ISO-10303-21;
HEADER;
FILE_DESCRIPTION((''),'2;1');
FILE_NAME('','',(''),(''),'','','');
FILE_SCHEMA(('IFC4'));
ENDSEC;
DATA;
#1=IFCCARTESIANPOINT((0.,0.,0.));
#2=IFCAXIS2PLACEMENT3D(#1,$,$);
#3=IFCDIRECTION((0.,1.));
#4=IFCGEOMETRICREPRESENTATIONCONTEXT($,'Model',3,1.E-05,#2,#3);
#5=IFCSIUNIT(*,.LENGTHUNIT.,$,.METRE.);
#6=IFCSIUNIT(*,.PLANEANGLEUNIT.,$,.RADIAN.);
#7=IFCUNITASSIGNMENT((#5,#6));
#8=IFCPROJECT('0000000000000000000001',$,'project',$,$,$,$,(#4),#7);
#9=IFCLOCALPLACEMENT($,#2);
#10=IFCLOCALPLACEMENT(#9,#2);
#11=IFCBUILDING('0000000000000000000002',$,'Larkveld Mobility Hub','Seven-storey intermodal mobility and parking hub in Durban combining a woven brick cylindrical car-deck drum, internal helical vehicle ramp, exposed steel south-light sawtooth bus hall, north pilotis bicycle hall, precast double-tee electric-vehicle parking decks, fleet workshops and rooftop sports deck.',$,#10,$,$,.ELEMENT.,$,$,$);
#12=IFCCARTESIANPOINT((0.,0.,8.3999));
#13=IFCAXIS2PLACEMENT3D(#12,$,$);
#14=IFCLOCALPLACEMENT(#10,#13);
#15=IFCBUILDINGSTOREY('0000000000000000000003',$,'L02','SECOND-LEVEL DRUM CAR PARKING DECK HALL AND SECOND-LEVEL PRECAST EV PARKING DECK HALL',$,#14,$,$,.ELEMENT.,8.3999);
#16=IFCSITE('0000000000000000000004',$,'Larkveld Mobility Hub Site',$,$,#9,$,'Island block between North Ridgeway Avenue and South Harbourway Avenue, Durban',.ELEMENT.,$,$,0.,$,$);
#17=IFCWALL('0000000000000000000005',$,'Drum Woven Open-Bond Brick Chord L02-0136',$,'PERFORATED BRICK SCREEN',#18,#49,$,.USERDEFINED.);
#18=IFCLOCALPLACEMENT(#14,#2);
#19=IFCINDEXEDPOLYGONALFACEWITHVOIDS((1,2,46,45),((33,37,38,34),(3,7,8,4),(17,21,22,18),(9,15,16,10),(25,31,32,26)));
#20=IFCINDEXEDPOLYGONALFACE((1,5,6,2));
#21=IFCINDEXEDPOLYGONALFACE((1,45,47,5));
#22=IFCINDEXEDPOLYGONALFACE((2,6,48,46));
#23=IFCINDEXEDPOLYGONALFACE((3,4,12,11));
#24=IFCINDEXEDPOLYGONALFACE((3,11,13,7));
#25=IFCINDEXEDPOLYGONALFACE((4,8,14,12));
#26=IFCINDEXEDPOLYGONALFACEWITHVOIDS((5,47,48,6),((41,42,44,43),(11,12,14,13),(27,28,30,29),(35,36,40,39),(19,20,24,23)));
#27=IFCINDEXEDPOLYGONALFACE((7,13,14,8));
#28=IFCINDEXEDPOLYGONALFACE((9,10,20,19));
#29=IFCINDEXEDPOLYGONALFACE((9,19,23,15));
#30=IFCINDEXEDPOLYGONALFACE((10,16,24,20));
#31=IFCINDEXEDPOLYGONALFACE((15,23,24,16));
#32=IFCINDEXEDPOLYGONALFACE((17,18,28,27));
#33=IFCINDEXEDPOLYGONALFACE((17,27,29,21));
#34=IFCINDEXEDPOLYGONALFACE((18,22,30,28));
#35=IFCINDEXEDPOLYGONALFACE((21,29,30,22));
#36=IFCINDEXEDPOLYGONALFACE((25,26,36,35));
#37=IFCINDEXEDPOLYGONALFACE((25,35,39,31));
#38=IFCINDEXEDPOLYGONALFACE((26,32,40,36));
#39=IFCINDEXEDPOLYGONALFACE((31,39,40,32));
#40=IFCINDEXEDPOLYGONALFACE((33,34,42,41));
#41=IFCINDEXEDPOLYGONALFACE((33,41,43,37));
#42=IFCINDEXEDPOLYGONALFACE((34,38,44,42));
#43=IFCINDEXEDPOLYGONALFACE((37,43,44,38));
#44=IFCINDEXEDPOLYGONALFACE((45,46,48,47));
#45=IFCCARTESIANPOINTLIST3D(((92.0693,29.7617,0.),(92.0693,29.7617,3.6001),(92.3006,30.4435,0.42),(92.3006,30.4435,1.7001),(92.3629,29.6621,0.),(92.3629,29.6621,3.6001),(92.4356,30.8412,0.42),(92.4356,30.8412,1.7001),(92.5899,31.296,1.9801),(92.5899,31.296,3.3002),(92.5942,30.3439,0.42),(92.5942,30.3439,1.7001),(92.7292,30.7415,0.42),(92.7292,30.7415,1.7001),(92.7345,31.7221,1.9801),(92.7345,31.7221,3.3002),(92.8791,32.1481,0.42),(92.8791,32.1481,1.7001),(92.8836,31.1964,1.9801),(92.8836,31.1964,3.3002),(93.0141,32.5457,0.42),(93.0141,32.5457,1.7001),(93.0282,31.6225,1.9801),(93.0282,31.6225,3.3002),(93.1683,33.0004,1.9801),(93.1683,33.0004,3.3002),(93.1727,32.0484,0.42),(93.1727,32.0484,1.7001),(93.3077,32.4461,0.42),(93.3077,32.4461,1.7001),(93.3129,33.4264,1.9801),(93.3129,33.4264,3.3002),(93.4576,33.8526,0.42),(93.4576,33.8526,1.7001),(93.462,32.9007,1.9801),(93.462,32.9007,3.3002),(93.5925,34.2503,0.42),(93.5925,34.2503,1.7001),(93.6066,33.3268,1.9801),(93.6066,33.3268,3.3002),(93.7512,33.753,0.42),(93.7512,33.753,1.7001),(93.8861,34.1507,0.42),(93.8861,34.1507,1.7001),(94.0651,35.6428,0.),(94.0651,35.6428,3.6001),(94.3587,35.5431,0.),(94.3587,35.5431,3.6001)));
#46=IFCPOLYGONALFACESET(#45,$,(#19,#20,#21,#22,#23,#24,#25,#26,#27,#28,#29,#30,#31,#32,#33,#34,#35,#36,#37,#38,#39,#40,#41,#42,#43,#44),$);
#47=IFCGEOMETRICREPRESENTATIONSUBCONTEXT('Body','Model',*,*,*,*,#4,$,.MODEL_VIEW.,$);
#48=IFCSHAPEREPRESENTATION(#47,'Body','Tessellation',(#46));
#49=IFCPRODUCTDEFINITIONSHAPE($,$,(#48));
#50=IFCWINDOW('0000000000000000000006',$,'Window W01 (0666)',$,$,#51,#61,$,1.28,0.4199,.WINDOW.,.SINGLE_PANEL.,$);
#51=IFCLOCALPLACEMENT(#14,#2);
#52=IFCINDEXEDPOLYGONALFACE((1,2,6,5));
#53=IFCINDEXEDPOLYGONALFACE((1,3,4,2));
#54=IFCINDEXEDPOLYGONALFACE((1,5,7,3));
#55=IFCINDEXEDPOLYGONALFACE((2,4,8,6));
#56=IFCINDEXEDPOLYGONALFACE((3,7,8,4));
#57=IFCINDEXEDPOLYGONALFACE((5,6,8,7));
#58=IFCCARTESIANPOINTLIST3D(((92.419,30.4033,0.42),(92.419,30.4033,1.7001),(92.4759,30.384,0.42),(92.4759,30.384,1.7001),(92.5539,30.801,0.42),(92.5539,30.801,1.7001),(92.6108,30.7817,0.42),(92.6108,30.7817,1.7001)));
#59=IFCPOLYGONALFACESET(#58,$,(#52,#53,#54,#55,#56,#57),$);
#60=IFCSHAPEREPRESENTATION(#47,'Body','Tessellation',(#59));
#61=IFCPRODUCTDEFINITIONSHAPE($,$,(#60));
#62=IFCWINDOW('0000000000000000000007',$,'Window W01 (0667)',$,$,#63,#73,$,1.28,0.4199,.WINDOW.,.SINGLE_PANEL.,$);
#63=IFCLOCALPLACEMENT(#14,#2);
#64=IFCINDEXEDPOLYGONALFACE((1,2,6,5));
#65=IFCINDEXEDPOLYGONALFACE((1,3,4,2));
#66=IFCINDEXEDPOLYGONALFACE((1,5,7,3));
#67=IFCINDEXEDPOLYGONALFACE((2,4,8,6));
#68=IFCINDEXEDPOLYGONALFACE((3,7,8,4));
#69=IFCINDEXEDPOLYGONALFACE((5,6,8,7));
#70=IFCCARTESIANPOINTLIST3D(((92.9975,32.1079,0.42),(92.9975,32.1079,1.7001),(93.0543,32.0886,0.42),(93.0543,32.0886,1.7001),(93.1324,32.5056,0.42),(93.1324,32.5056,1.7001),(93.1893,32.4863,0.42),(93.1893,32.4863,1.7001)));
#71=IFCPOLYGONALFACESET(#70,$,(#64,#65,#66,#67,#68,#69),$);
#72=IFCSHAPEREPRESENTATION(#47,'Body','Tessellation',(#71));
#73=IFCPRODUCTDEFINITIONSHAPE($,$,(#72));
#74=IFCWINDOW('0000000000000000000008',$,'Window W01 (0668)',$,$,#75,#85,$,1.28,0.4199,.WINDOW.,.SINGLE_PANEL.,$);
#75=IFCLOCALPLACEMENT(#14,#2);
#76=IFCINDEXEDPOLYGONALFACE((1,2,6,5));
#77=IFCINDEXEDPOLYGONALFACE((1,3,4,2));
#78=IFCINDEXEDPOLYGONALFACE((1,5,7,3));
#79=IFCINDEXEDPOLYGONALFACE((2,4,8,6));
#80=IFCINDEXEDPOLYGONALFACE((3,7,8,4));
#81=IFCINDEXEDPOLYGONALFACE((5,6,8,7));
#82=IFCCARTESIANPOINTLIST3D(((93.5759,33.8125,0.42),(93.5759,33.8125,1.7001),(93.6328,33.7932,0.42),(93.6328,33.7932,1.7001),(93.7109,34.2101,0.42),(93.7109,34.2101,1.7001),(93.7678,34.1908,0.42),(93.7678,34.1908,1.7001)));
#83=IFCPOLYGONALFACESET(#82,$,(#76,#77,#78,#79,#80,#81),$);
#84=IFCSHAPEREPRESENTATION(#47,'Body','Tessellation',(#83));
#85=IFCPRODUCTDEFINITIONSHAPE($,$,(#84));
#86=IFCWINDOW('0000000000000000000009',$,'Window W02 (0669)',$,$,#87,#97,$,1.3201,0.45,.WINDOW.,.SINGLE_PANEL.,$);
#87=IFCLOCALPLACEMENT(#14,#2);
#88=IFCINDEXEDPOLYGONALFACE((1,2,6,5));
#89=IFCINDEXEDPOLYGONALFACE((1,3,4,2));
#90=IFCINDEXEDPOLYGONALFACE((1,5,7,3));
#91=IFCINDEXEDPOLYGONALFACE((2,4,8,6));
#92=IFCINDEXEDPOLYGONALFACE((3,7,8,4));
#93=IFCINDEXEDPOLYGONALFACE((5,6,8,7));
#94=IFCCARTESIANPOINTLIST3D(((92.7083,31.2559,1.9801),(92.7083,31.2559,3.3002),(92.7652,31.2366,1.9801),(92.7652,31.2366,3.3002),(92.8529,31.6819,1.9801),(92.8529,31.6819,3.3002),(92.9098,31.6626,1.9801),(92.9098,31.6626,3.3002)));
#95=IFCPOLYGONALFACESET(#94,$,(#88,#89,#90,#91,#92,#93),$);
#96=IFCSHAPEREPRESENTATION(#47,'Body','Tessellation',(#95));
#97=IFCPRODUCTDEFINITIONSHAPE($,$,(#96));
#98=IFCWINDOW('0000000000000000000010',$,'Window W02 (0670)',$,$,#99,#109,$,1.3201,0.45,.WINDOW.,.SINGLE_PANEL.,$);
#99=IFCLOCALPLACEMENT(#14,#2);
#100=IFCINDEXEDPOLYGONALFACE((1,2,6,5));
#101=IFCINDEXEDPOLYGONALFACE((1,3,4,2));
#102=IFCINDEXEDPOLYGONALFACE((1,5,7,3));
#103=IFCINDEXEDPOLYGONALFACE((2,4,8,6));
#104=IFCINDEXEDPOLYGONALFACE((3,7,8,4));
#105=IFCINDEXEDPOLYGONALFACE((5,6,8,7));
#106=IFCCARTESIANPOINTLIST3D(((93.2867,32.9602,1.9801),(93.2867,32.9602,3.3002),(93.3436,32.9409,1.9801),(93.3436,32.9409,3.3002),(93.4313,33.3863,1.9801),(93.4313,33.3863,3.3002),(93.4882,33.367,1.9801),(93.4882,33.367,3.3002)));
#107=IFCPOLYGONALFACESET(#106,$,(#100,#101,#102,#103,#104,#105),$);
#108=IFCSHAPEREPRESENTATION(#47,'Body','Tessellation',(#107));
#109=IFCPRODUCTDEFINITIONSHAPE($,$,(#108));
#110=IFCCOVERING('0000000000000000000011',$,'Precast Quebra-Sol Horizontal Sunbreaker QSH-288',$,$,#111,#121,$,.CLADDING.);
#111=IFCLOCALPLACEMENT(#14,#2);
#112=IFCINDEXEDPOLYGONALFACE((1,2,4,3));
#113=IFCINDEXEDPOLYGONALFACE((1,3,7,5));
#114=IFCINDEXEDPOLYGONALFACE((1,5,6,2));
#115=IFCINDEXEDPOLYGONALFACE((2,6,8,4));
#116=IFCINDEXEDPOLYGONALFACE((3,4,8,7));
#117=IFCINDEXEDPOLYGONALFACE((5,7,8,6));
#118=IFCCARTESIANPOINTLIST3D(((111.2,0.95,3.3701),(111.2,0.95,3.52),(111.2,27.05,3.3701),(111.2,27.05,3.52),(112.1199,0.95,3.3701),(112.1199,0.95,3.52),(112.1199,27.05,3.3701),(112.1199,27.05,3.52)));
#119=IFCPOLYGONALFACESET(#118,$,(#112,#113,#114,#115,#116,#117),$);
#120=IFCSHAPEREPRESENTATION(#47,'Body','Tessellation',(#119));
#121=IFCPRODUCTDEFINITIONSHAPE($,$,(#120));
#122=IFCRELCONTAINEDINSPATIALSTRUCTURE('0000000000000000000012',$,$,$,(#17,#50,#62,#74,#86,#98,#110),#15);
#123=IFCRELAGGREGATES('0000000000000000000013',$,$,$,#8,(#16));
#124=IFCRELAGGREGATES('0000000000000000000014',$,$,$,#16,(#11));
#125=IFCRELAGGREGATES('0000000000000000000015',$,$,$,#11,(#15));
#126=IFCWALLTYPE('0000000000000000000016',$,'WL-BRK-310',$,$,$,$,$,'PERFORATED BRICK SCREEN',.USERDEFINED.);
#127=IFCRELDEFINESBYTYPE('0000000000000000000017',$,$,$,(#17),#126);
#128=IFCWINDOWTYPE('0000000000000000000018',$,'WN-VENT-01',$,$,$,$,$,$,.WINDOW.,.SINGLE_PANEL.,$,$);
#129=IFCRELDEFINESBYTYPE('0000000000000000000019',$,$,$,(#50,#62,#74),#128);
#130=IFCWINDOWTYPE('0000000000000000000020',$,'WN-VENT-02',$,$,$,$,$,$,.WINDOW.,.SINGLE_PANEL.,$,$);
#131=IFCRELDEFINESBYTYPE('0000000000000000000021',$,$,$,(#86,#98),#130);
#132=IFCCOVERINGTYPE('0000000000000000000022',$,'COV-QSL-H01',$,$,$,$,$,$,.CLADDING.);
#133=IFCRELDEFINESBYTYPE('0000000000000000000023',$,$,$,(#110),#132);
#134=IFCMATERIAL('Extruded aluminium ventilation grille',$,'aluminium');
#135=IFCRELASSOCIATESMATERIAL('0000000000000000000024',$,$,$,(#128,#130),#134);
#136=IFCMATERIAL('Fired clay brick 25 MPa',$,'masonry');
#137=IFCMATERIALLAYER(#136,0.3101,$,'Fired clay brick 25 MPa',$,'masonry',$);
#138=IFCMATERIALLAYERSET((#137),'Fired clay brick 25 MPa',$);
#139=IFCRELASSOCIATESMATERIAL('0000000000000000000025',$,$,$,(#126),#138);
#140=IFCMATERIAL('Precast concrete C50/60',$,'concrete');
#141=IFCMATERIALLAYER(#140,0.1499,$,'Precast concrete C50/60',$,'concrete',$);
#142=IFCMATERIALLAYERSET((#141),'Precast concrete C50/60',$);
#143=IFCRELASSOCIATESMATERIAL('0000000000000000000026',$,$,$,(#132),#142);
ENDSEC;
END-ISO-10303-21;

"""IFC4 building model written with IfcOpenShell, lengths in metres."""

from ifc_helpers import new_model, si_unit, direction, frame, frame_2d, origin, origin_2d, place, context, subcontext, project, spatial, rectangle, extrude, material, layer, layer_set, type_object, element, fill, save


model = new_model("IFC4")

# Units and contexts
model_context = context("Model", 3, precision=1e-05, world=origin(), true_north=direction((0.0, 1.0)))
body_context = subcontext(model_context, "Body", "Model", "MODEL_VIEW")
ifc_project = project(units=[si_unit("LENGTHUNIT", "METRE"), si_unit("PLANEANGLEUNIT", "RADIAN")], contexts=[model_context])

# Site, building, storey
site_placement = place(None, origin())
site = spatial("IfcSite", under=ifc_project, at=site_placement, Name="Larkveld Mobility Hub Site", LongName="Island block between North Ridgeway Avenue and South Harbourway Avenue, Durban", CompositionType="ELEMENT", RefElevation=0.0)
building_placement = place(site_placement, origin())
building = spatial("IfcBuilding", under=site, at=building_placement, Name="Larkveld Mobility Hub", Description="Seven-storey intermodal mobility and parking hub in Durban combining a woven brick cylindrical car-deck drum, internal helical vehicle ramp, exposed steel south-light sawtooth bus hall, north pilotis bicycle hall, precast double-tee electric-vehicle parking decks, fleet workshops and rooftop sports deck.", CompositionType="ELEMENT")
storey_placement = place(building_placement, frame((0.0, 0.0, 8.3999)))
storey = spatial("IfcBuildingStorey", under=building, at=storey_placement, Name="L02", Description="SECOND-LEVEL DRUM CAR PARKING DECK HALL AND SECOND-LEVEL PRECAST EV PARKING DECK HALL", CompositionType="ELEMENT", Elevation=8.3999)

# Shared definitions
ifc_material_1 = material(Name="Precast concrete C50/60", Category="concrete")

# Wall, openings, windows
ifc_material_2 = material(Name="Fired clay brick 25 MPa", Category="masonry")
ifc_material_3 = material(Name="Extruded aluminium ventilation grille", Category="aluminium")
window_type_1 = type_object("IfcWindowType", Name="WN-VENT-01", PartitioningType="SINGLE_PANEL", PredefinedType="WINDOW", material=ifc_material_3)
ifc_layer_1 = layer(ifc_material_2, 0.3101, Name="Fired clay brick 25 MPa", Category="masonry")
ifc_layer_set_1 = layer_set([ifc_layer_1], Name="Fired clay brick 25 MPa")
wall_type_1 = type_object("IfcWallType", Name="WL-BRK-310", ElementType="PERFORATED BRICK SCREEN", PredefinedType="USERDEFINED", material=ifc_layer_set_1)
wall_1_placement = place(storey_placement, frame((92.2161, 29.7119, 0.0), z_axis=(0.0, 0.0, 1.0), x_axis=(0.321365, 0.946955, 0.0)))
wall_1 = element("IfcWall", 1, at=wall_1_placement, inside=storey, type_object=wall_type_1, Name="Drum Woven Open-Bond Brick Chord L02-0136", ObjectType="PERFORATED BRICK SCREEN", PredefinedType="USERDEFINED", context=body_context, shape_type="SweptSolid", body=[
    extrude(rectangle(XDim=6.2104, YDim=0.3101, at=frame_2d((3.1052, 0.0))), origin(), (0.0, 0.0, 1.0), 3.6001),
])
opening_1_placement = place(wall_1_placement, frame((0.72, 0.0, 0.4199)))
opening_1 = element("IfcOpeningElement", 2, at=opening_1_placement, cuts=wall_1, PredefinedType="OPENING", context=body_context, shape_type="SweptSolid", body=[
    extrude(rectangle(XDim=0.4199, YDim=1.28, at=frame_2d((0.21, 0.6401))), frame((0.0, 0.165, 0.0), z_axis=(0.0, -1.0, 0.0), x_axis=(1.0, 0.0, 0.0)), (0.0, 0.0, 1.0), 0.3301),
])
opening_2_placement = place(wall_1_placement, frame((2.52, 0.0, 0.4199)))
opening_2 = element("IfcOpeningElement", 3, at=opening_2_placement, cuts=wall_1, PredefinedType="OPENING", context=body_context, shape_type="SweptSolid", body=[
    extrude(rectangle(XDim=0.4199, YDim=1.28, at=frame_2d((0.21, 0.6401))), frame((0.0, 0.165, 0.0), z_axis=(0.0, -1.0, 0.0), x_axis=(1.0, 0.0, 0.0)), (0.0, 0.0, 1.0), 0.3301),
])
opening_3_placement = place(wall_1_placement, frame((4.3201, 0.0, 0.4199)))
opening_3 = element("IfcOpeningElement", 4, at=opening_3_placement, cuts=wall_1, PredefinedType="OPENING", context=body_context, shape_type="SweptSolid", body=[
    extrude(rectangle(XDim=0.4199, YDim=1.28, at=frame_2d((0.21, 0.6401))), frame((0.0, 0.165, 0.0), z_axis=(0.0, -1.0, 0.0), x_axis=(1.0, 0.0, 0.0)), (0.0, 0.0, 1.0), 0.3301),
])
opening_4_placement = place(wall_1_placement, frame((1.6201, 0.0, 1.98)))
opening_4 = element("IfcOpeningElement", 5, at=opening_4_placement, cuts=wall_1, PredefinedType="OPENING", context=body_context, shape_type="SweptSolid", body=[
    extrude(rectangle(XDim=0.45, YDim=1.3201, at=frame_2d((0.2251, 0.6602))), frame((0.0, 0.165, 0.0), z_axis=(0.0, -1.0, 0.0), x_axis=(1.0, 0.0, 0.0)), (0.0, 0.0, 1.0), 0.3301),
])
opening_5_placement = place(wall_1_placement, frame((3.4199, 0.0, 1.98)))
opening_5 = element("IfcOpeningElement", 6, at=opening_5_placement, cuts=wall_1, PredefinedType="OPENING", context=body_context, shape_type="SweptSolid", body=[
    extrude(rectangle(XDim=0.45, YDim=1.3201, at=frame_2d((0.2251, 0.6602))), frame((0.0, 0.165, 0.0), z_axis=(0.0, -1.0, 0.0), x_axis=(1.0, 0.0, 0.0)), (0.0, 0.0, 1.0), 0.3301),
])
window_1_placement = place(opening_1_placement, origin())
window_1 = element("IfcWindow", 7, at=window_1_placement, inside=storey, type_object=window_type_1, Name="Window W01 (0666)", OverallHeight=1.28, OverallWidth=0.4199, PartitioningType="SINGLE_PANEL", PredefinedType="WINDOW", context=body_context, shape_type="SweptSolid", body=[
    extrude(rectangle(XDim=0.4199, YDim=1.28, at=frame_2d((0.21, 0.6401))), frame((0.0, 0.03, 0.0), z_axis=(0.0, -1.0, 0.0), x_axis=(1.0, 0.0, 0.0)), (0.0, 0.0, 1.0), 0.0601),
])
fill(opening_1, window_1)
window_2_placement = place(opening_2_placement, origin())
window_2 = element("IfcWindow", 8, at=window_2_placement, inside=storey, type_object=window_type_1, Name="Window W01 (0667)", OverallHeight=1.28, OverallWidth=0.4199, PartitioningType="SINGLE_PANEL", PredefinedType="WINDOW", context=body_context, shape_type="SweptSolid", body=[
    extrude(rectangle(XDim=0.4199, YDim=1.28, at=frame_2d((0.21, 0.6401))), frame((0.0, 0.03, 0.0), z_axis=(0.0, -1.0, 0.0), x_axis=(1.0, 0.0, 0.0)), (0.0, 0.0, 1.0), 0.0601),
])
fill(opening_2, window_2)
window_3_placement = place(opening_3_placement, origin())
window_3 = element("IfcWindow", 9, at=window_3_placement, inside=storey, type_object=window_type_1, Name="Window W01 (0668)", OverallHeight=1.28, OverallWidth=0.4199, PartitioningType="SINGLE_PANEL", PredefinedType="WINDOW", context=body_context, shape_type="SweptSolid", body=[
    extrude(rectangle(XDim=0.4199, YDim=1.28, at=frame_2d((0.21, 0.6401))), frame((0.0, 0.03, 0.0), z_axis=(0.0, -1.0, 0.0), x_axis=(1.0, 0.0, 0.0)), (0.0, 0.0, 1.0), 0.0601),
])
fill(opening_3, window_3)
window_type_2 = type_object("IfcWindowType", Name="WN-VENT-02", PartitioningType="SINGLE_PANEL", PredefinedType="WINDOW", material=ifc_material_3)
window_4_placement = place(opening_4_placement, origin())
window_4 = element("IfcWindow", 10, at=window_4_placement, inside=storey, type_object=window_type_2, Name="Window W02 (0669)", OverallHeight=1.3201, OverallWidth=0.45, PartitioningType="SINGLE_PANEL", PredefinedType="WINDOW", context=body_context, shape_type="SweptSolid", body=[
    extrude(rectangle(XDim=0.45, YDim=1.3201, at=frame_2d((0.2251, 0.6602))), frame((0.0, 0.03, 0.0), z_axis=(0.0, -1.0, 0.0), x_axis=(1.0, 0.0, 0.0)), (0.0, 0.0, 1.0), 0.0601),
])
fill(opening_4, window_4)
window_5_placement = place(opening_5_placement, origin())
window_5 = element("IfcWindow", 11, at=window_5_placement, inside=storey, type_object=window_type_2, Name="Window W02 (0670)", OverallHeight=1.3201, OverallWidth=0.45, PartitioningType="SINGLE_PANEL", PredefinedType="WINDOW", context=body_context, shape_type="SweptSolid", body=[
    extrude(rectangle(XDim=0.45, YDim=1.3201, at=frame_2d((0.2251, 0.6602))), frame((0.0, 0.03, 0.0), z_axis=(0.0, -1.0, 0.0), x_axis=(1.0, 0.0, 0.0)), (0.0, 0.0, 1.0), 0.0601),
])
fill(opening_5, window_5)

# Covering
ifc_layer_2 = layer(ifc_material_1, 0.1499, Name="Precast concrete C50/60", Category="concrete")
ifc_layer_set_2 = layer_set([ifc_layer_2], Name="Precast concrete C50/60")
covering_type = type_object("IfcCoveringType", Name="COV-QSL-H01", PredefinedType="CLADDING", material=ifc_layer_set_2)
covering_placement = place(storey_placement, frame((111.6599, 14.0, 3.3701), z_axis=(0.0, 0.0, 1.0), x_axis=(0.0, -1.0, 0.0)))
element("IfcCovering", 12, at=covering_placement, inside=storey, type_object=covering_type, Name="Precast Quebra-Sol Horizontal Sunbreaker QSH-288", PredefinedType="CLADDING", context=body_context, shape_type="SweptSolid", body=[
    extrude(rectangle(XDim=26.1001, YDim=0.9199, at=origin_2d()), origin(), (0.0, 0.0, 1.0), 0.1499),
])

save(model, "model.ifc")
